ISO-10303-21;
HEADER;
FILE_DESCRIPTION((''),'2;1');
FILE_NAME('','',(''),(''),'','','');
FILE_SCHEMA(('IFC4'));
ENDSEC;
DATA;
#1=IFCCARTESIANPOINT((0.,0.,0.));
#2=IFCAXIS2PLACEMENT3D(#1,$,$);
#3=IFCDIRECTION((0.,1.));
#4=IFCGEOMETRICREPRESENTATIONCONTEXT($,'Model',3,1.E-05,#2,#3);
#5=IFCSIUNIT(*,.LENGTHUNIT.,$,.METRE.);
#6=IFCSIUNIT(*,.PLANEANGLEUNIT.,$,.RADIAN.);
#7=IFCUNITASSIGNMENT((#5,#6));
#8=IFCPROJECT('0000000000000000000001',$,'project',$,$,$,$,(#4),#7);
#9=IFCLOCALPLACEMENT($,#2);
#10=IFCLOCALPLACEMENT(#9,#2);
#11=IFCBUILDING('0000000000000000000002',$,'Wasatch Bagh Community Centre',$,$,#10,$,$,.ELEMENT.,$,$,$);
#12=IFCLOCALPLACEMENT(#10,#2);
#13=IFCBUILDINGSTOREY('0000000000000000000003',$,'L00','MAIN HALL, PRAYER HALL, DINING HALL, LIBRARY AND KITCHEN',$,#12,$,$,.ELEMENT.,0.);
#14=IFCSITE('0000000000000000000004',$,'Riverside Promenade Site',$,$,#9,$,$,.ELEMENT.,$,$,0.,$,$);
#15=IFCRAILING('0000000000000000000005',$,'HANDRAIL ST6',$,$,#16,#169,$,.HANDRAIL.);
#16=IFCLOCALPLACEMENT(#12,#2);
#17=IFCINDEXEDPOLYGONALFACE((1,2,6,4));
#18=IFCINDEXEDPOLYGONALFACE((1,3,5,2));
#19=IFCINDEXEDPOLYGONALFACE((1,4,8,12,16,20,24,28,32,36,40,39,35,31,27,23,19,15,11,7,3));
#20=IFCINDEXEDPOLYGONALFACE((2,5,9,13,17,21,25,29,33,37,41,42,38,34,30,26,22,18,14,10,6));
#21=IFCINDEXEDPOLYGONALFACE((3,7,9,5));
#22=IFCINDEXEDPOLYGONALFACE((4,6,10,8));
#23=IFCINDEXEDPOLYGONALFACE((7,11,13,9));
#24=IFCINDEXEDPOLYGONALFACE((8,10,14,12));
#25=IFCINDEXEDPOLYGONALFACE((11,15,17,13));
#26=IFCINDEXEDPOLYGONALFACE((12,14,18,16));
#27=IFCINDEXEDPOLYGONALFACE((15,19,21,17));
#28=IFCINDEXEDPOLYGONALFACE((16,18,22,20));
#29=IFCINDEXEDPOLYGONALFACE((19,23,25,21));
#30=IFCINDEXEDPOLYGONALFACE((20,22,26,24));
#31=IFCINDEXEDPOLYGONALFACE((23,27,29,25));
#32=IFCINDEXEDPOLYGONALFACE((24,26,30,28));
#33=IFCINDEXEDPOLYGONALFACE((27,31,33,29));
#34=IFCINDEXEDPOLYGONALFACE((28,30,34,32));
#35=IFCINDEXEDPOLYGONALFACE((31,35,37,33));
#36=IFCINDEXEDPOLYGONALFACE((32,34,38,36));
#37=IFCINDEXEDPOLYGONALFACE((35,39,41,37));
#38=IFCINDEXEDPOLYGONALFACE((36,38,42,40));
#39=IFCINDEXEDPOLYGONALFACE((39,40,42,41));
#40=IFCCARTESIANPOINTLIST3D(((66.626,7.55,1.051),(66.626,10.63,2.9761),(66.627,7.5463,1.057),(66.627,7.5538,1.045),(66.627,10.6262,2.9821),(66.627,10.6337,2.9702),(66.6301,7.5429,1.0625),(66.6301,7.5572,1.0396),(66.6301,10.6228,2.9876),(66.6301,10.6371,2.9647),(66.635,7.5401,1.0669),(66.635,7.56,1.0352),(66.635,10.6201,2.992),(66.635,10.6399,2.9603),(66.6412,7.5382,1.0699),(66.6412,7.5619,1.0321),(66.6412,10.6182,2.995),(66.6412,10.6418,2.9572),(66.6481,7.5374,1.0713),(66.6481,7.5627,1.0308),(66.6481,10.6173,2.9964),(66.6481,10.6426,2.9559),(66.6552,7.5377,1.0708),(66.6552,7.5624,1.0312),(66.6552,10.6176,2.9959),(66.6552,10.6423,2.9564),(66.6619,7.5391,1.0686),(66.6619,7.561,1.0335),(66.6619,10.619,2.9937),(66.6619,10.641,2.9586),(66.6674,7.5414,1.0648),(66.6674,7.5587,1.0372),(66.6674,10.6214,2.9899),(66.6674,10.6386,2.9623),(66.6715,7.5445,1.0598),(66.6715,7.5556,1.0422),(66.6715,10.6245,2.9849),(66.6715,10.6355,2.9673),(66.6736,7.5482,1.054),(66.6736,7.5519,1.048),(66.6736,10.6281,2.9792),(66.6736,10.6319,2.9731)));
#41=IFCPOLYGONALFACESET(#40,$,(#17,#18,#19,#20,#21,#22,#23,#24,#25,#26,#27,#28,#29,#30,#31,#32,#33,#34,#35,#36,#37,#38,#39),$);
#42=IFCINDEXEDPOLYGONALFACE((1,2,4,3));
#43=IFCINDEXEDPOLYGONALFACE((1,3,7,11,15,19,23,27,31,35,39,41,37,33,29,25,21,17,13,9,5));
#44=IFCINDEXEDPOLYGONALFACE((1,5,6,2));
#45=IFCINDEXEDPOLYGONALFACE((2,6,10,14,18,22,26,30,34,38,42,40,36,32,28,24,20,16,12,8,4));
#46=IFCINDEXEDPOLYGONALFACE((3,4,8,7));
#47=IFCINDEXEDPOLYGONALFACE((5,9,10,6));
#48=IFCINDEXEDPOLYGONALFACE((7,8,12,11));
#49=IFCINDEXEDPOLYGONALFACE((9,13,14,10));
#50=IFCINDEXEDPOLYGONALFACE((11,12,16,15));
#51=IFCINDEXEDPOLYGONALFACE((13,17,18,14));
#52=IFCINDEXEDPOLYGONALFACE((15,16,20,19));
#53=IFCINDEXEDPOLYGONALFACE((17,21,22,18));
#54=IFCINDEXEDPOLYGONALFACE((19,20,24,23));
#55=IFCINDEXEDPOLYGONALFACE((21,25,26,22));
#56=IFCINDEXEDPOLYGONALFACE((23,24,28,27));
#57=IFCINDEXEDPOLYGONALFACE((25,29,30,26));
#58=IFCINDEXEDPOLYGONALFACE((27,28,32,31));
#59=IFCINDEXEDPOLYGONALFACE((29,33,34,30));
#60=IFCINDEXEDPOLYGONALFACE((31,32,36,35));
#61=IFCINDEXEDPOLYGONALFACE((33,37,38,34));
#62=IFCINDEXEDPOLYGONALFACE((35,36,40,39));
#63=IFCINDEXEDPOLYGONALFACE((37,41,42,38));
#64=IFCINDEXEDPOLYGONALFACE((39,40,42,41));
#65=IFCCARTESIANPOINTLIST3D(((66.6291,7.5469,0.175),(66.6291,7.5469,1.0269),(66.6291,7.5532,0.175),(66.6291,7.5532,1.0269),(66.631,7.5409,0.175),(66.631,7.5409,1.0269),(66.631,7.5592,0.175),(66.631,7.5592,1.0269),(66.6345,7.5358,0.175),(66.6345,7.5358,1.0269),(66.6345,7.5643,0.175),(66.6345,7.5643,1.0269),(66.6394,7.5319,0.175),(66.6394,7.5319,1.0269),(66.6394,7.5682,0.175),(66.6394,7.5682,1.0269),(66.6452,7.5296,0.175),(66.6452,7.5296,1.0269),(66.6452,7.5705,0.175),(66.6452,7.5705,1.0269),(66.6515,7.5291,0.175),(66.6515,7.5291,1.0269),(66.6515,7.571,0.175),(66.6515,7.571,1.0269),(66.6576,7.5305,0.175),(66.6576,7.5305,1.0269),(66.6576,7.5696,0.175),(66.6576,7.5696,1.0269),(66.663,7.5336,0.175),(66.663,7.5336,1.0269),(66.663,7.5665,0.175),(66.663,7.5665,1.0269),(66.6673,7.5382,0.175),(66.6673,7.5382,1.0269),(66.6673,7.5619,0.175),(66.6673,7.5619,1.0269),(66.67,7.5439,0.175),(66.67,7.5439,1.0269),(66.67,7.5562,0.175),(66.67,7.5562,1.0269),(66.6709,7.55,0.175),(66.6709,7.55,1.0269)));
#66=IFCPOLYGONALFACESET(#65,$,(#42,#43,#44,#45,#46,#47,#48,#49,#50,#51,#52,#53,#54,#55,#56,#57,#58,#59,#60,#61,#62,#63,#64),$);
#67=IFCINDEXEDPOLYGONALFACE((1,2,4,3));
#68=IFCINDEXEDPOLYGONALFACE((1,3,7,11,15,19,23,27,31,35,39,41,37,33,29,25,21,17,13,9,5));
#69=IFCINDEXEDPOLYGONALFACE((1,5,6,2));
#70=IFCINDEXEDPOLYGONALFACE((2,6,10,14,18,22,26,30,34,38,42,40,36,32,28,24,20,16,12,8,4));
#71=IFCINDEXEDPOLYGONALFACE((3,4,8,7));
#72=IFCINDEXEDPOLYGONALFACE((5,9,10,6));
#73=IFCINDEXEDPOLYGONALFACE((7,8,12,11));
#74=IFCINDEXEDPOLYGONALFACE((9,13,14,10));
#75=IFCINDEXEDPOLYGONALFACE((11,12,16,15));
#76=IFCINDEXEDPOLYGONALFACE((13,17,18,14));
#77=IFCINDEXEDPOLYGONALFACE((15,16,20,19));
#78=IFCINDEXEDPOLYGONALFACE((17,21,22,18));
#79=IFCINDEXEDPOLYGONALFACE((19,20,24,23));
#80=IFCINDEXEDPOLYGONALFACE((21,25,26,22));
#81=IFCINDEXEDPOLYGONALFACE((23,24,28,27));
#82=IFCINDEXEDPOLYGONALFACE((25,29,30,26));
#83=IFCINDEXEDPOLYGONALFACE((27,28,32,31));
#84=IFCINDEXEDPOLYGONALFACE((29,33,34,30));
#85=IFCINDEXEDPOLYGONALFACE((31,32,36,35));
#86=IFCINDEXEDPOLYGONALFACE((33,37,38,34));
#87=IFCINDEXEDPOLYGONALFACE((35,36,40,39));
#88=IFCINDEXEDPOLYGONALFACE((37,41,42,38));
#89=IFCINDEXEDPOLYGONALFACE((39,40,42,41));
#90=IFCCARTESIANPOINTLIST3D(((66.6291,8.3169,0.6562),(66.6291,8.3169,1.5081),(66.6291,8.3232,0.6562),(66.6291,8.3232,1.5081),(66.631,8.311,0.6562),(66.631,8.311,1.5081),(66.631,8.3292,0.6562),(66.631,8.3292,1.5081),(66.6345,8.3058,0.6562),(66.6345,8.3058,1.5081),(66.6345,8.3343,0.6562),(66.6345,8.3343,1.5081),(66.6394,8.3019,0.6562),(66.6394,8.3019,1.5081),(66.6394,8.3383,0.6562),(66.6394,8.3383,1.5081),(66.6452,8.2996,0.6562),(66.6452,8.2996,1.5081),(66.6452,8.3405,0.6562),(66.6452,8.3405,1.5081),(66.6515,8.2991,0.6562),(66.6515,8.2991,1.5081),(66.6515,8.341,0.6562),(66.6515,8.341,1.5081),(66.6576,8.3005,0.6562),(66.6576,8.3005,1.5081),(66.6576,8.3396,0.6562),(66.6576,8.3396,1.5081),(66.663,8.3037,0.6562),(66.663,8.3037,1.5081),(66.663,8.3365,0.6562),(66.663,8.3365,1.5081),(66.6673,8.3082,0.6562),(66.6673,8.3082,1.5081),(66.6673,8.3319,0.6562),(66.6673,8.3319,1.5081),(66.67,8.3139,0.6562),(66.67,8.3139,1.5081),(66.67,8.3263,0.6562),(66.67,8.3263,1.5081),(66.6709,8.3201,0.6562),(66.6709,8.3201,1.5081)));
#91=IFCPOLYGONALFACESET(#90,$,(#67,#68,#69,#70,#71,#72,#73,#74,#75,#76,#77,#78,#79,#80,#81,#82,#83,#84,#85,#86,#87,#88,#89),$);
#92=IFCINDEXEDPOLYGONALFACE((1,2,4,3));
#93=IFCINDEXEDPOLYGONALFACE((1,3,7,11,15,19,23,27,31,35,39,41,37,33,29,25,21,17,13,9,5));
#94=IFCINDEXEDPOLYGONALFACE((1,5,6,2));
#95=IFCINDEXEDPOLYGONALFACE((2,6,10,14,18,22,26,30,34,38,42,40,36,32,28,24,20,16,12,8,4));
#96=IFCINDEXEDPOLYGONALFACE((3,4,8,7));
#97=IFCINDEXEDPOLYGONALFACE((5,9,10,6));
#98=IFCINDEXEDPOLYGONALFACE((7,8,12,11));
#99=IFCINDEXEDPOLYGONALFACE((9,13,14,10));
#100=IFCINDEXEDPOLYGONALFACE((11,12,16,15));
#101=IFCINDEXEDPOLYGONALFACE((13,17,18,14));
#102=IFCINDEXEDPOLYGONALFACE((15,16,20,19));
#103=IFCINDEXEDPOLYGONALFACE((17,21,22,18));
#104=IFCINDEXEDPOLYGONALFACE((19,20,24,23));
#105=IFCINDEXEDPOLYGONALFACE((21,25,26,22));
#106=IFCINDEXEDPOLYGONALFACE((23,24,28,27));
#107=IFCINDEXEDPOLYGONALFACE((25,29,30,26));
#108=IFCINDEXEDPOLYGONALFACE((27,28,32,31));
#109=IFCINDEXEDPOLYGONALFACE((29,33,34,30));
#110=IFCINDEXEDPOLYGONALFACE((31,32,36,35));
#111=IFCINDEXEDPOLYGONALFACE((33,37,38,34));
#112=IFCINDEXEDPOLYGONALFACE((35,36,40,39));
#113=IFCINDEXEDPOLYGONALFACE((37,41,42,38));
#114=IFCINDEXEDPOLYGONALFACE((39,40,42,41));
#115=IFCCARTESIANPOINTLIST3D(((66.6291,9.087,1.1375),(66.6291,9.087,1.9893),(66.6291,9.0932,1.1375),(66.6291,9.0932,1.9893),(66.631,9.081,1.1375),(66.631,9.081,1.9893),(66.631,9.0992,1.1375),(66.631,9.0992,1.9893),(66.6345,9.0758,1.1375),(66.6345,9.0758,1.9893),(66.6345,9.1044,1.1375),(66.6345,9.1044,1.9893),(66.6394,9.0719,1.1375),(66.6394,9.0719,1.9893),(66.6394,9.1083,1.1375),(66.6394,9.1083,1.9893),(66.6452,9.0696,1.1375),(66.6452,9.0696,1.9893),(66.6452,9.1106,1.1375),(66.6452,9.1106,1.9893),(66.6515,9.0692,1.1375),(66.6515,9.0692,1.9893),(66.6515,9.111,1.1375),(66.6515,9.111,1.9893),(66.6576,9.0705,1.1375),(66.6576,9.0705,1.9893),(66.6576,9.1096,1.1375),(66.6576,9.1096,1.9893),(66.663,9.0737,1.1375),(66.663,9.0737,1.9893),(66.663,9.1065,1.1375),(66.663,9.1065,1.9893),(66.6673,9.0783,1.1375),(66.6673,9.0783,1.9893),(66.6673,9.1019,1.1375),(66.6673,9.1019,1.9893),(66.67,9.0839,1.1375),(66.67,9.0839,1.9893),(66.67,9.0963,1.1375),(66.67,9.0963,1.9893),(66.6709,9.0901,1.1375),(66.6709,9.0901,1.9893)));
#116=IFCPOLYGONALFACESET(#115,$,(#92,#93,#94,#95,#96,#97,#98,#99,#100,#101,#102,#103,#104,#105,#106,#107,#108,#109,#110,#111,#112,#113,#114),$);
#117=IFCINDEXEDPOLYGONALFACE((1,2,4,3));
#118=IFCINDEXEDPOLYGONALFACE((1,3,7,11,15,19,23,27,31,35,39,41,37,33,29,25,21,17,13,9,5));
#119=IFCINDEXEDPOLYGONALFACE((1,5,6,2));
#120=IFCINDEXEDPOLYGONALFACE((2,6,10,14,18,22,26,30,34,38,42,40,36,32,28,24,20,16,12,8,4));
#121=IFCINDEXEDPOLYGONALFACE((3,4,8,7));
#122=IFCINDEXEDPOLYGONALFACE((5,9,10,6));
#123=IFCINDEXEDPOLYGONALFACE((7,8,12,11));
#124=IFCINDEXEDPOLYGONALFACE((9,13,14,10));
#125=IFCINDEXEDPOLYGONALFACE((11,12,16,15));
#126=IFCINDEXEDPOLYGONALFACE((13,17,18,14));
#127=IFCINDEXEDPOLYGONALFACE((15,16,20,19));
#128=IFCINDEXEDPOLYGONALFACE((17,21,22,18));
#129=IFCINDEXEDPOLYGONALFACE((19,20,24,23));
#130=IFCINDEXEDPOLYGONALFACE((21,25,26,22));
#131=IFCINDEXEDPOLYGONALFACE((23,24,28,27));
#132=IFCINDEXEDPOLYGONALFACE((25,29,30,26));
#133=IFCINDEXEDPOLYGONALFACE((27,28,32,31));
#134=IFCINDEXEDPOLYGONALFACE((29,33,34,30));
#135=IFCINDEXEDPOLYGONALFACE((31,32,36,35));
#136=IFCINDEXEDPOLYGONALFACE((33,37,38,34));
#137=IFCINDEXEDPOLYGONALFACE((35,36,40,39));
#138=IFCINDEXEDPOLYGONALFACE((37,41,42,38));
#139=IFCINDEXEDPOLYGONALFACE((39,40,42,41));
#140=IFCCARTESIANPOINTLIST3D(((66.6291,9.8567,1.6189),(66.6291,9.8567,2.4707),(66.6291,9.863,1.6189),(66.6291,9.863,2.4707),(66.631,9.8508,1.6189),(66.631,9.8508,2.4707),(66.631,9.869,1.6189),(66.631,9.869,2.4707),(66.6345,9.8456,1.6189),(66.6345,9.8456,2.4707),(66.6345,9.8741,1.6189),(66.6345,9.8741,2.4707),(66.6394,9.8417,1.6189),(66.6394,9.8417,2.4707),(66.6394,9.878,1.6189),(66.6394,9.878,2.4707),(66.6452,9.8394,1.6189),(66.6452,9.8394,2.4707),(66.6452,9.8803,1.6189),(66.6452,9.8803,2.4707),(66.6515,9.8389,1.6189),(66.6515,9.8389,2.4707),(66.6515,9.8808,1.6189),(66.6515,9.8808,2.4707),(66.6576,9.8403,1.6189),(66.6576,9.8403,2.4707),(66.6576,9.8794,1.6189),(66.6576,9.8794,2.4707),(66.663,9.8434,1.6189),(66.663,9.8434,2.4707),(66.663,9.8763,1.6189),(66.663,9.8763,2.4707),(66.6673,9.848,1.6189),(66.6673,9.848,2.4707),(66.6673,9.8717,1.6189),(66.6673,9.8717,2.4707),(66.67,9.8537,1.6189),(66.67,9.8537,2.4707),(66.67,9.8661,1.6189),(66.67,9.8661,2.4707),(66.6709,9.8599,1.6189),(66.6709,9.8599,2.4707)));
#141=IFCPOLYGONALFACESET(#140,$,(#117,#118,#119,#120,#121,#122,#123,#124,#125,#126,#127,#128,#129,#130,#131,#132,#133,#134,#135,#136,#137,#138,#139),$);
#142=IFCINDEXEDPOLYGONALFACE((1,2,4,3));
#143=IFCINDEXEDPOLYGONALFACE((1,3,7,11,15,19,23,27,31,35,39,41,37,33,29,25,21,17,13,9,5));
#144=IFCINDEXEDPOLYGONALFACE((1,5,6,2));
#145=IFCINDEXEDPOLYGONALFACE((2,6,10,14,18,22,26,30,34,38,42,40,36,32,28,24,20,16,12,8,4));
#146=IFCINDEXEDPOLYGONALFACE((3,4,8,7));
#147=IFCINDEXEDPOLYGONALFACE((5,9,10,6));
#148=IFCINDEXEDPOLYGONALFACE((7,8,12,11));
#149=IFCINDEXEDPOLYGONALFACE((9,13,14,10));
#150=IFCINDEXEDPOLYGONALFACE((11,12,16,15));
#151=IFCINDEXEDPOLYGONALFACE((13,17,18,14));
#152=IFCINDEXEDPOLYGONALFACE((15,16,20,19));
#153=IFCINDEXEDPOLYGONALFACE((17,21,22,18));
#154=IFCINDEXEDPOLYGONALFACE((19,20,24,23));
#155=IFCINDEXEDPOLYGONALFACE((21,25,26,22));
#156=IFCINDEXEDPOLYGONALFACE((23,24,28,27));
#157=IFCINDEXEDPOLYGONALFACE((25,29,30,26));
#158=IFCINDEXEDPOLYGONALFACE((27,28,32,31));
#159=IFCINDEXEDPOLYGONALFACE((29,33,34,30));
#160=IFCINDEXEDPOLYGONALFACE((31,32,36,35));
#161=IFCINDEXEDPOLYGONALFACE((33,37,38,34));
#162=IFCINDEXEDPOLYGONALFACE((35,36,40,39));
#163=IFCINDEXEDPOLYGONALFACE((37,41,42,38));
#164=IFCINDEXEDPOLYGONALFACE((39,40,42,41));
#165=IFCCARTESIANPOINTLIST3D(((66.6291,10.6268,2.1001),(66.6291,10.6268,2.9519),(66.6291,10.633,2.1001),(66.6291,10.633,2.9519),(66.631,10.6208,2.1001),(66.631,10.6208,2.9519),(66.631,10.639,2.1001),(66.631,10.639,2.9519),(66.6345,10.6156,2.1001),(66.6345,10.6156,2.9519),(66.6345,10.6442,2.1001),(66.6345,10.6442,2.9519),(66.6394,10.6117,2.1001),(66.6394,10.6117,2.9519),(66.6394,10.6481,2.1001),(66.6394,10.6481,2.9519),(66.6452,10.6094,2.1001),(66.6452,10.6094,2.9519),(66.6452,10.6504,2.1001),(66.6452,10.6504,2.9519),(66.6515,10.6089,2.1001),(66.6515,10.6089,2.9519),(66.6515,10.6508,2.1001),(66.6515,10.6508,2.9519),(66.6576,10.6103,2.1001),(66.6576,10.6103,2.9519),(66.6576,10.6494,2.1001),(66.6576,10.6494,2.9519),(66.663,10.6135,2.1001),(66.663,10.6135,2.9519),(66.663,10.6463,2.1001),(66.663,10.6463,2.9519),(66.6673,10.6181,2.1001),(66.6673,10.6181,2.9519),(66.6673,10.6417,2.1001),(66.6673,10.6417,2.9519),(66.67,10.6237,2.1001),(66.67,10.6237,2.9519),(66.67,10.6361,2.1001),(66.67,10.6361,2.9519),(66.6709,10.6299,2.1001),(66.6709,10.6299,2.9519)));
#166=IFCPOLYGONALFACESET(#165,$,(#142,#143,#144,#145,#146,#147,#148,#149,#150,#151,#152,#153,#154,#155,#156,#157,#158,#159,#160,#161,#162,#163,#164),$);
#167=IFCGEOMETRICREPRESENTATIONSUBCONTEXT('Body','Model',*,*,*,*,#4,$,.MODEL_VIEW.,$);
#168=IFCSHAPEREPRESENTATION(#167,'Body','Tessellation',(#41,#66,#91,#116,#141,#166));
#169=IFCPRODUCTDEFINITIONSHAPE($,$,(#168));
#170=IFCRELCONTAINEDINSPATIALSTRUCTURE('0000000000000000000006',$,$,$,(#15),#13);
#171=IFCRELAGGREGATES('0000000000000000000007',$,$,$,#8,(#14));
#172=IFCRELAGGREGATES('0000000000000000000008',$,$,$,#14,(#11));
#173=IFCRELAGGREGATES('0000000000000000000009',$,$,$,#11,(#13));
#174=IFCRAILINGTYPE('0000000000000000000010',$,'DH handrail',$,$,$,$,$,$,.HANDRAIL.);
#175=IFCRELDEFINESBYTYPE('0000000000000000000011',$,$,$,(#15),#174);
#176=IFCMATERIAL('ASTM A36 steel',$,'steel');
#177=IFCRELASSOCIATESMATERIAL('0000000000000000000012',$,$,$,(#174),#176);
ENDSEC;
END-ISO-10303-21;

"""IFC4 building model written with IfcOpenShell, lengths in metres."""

from ifc_helpers import new_model, si_unit, direction, frame, origin, origin_2d, place, context, subcontext, project, spatial, circle, extrude, material, type_object, element, save


model = new_model("IFC4")

# Units and contexts
model_context = context("Model", 3, precision=1e-05, world=origin(), true_north=direction((0.0, 1.0)))
body_context = subcontext(model_context, "Body", "Model", "MODEL_VIEW")
ifc_project = project(units=[si_unit("LENGTHUNIT", "METRE"), si_unit("PLANEANGLEUNIT", "RADIAN")], contexts=[model_context])

# Site, building, storey
site_placement = place(None, origin())
site = spatial("IfcSite", under=ifc_project, at=site_placement, Name="Riverside Promenade Site", CompositionType="ELEMENT", RefElevation=0.0)
building_placement = place(site_placement, origin())
building = spatial("IfcBuilding", under=site, at=building_placement, Name="Wasatch Bagh Community Centre", CompositionType="ELEMENT")
storey_placement = place(building_placement, origin())
storey = spatial("IfcBuildingStorey", under=building, at=storey_placement, Name="L00", Description="MAIN HALL, PRAYER HALL, DINING HALL, LIBRARY AND KITCHEN", CompositionType="ELEMENT", Elevation=0.0)

# Railing
ifc_material_1 = material(Name="ASTM A36 steel", Category="steel")
railing_type_1 = type_object("IfcRailingType", Name="DH handrail", PredefinedType="HANDRAIL", material=ifc_material_1)
for number, where, name in (
    (1, (66.6499, 7.55, 0.175), "HANDRAIL ST6"),
):
    element("IfcRailing", number, at=place(storey_placement, frame(where)), inside=storey, type_object=railing_type_1, Name=name, PredefinedType="HANDRAIL", context=body_context, shape_type="SweptSolid", body=[
        extrude(circle(Radius=0.0239, at=origin_2d()), frame((0.0, 0.0, 0.876), z_axis=(0.0, 0.847979, 0.530029), x_axis=(-1.0, 0.0, 0.0)), (0.0, 0.0, 1.0), 3.6321),
        extrude(circle(Radius=0.021, at=origin_2d()), origin(), (0.0, 0.0, 1.0), 0.8518),
        extrude(circle(Radius=0.021, at=origin_2d()), frame((0.0, 0.77, 0.4812)), (0.0, 0.0, 1.0), 0.8518),
        extrude(circle(Radius=0.021, at=origin_2d()), frame((0.0, 1.54, 0.9624)), (0.0, 0.0, 1.0), 0.8518),
        extrude(circle(Radius=0.021, at=origin_2d()), frame((0.0, 2.3098, 1.4438)), (0.0, 0.0, 1.0), 0.8518),
        extrude(circle(Radius=0.021, at=origin_2d()), frame((0.0, 3.0798, 1.925)), (0.0, 0.0, 1.0), 0.8518),
    ])

save(model, "model.ifc")
